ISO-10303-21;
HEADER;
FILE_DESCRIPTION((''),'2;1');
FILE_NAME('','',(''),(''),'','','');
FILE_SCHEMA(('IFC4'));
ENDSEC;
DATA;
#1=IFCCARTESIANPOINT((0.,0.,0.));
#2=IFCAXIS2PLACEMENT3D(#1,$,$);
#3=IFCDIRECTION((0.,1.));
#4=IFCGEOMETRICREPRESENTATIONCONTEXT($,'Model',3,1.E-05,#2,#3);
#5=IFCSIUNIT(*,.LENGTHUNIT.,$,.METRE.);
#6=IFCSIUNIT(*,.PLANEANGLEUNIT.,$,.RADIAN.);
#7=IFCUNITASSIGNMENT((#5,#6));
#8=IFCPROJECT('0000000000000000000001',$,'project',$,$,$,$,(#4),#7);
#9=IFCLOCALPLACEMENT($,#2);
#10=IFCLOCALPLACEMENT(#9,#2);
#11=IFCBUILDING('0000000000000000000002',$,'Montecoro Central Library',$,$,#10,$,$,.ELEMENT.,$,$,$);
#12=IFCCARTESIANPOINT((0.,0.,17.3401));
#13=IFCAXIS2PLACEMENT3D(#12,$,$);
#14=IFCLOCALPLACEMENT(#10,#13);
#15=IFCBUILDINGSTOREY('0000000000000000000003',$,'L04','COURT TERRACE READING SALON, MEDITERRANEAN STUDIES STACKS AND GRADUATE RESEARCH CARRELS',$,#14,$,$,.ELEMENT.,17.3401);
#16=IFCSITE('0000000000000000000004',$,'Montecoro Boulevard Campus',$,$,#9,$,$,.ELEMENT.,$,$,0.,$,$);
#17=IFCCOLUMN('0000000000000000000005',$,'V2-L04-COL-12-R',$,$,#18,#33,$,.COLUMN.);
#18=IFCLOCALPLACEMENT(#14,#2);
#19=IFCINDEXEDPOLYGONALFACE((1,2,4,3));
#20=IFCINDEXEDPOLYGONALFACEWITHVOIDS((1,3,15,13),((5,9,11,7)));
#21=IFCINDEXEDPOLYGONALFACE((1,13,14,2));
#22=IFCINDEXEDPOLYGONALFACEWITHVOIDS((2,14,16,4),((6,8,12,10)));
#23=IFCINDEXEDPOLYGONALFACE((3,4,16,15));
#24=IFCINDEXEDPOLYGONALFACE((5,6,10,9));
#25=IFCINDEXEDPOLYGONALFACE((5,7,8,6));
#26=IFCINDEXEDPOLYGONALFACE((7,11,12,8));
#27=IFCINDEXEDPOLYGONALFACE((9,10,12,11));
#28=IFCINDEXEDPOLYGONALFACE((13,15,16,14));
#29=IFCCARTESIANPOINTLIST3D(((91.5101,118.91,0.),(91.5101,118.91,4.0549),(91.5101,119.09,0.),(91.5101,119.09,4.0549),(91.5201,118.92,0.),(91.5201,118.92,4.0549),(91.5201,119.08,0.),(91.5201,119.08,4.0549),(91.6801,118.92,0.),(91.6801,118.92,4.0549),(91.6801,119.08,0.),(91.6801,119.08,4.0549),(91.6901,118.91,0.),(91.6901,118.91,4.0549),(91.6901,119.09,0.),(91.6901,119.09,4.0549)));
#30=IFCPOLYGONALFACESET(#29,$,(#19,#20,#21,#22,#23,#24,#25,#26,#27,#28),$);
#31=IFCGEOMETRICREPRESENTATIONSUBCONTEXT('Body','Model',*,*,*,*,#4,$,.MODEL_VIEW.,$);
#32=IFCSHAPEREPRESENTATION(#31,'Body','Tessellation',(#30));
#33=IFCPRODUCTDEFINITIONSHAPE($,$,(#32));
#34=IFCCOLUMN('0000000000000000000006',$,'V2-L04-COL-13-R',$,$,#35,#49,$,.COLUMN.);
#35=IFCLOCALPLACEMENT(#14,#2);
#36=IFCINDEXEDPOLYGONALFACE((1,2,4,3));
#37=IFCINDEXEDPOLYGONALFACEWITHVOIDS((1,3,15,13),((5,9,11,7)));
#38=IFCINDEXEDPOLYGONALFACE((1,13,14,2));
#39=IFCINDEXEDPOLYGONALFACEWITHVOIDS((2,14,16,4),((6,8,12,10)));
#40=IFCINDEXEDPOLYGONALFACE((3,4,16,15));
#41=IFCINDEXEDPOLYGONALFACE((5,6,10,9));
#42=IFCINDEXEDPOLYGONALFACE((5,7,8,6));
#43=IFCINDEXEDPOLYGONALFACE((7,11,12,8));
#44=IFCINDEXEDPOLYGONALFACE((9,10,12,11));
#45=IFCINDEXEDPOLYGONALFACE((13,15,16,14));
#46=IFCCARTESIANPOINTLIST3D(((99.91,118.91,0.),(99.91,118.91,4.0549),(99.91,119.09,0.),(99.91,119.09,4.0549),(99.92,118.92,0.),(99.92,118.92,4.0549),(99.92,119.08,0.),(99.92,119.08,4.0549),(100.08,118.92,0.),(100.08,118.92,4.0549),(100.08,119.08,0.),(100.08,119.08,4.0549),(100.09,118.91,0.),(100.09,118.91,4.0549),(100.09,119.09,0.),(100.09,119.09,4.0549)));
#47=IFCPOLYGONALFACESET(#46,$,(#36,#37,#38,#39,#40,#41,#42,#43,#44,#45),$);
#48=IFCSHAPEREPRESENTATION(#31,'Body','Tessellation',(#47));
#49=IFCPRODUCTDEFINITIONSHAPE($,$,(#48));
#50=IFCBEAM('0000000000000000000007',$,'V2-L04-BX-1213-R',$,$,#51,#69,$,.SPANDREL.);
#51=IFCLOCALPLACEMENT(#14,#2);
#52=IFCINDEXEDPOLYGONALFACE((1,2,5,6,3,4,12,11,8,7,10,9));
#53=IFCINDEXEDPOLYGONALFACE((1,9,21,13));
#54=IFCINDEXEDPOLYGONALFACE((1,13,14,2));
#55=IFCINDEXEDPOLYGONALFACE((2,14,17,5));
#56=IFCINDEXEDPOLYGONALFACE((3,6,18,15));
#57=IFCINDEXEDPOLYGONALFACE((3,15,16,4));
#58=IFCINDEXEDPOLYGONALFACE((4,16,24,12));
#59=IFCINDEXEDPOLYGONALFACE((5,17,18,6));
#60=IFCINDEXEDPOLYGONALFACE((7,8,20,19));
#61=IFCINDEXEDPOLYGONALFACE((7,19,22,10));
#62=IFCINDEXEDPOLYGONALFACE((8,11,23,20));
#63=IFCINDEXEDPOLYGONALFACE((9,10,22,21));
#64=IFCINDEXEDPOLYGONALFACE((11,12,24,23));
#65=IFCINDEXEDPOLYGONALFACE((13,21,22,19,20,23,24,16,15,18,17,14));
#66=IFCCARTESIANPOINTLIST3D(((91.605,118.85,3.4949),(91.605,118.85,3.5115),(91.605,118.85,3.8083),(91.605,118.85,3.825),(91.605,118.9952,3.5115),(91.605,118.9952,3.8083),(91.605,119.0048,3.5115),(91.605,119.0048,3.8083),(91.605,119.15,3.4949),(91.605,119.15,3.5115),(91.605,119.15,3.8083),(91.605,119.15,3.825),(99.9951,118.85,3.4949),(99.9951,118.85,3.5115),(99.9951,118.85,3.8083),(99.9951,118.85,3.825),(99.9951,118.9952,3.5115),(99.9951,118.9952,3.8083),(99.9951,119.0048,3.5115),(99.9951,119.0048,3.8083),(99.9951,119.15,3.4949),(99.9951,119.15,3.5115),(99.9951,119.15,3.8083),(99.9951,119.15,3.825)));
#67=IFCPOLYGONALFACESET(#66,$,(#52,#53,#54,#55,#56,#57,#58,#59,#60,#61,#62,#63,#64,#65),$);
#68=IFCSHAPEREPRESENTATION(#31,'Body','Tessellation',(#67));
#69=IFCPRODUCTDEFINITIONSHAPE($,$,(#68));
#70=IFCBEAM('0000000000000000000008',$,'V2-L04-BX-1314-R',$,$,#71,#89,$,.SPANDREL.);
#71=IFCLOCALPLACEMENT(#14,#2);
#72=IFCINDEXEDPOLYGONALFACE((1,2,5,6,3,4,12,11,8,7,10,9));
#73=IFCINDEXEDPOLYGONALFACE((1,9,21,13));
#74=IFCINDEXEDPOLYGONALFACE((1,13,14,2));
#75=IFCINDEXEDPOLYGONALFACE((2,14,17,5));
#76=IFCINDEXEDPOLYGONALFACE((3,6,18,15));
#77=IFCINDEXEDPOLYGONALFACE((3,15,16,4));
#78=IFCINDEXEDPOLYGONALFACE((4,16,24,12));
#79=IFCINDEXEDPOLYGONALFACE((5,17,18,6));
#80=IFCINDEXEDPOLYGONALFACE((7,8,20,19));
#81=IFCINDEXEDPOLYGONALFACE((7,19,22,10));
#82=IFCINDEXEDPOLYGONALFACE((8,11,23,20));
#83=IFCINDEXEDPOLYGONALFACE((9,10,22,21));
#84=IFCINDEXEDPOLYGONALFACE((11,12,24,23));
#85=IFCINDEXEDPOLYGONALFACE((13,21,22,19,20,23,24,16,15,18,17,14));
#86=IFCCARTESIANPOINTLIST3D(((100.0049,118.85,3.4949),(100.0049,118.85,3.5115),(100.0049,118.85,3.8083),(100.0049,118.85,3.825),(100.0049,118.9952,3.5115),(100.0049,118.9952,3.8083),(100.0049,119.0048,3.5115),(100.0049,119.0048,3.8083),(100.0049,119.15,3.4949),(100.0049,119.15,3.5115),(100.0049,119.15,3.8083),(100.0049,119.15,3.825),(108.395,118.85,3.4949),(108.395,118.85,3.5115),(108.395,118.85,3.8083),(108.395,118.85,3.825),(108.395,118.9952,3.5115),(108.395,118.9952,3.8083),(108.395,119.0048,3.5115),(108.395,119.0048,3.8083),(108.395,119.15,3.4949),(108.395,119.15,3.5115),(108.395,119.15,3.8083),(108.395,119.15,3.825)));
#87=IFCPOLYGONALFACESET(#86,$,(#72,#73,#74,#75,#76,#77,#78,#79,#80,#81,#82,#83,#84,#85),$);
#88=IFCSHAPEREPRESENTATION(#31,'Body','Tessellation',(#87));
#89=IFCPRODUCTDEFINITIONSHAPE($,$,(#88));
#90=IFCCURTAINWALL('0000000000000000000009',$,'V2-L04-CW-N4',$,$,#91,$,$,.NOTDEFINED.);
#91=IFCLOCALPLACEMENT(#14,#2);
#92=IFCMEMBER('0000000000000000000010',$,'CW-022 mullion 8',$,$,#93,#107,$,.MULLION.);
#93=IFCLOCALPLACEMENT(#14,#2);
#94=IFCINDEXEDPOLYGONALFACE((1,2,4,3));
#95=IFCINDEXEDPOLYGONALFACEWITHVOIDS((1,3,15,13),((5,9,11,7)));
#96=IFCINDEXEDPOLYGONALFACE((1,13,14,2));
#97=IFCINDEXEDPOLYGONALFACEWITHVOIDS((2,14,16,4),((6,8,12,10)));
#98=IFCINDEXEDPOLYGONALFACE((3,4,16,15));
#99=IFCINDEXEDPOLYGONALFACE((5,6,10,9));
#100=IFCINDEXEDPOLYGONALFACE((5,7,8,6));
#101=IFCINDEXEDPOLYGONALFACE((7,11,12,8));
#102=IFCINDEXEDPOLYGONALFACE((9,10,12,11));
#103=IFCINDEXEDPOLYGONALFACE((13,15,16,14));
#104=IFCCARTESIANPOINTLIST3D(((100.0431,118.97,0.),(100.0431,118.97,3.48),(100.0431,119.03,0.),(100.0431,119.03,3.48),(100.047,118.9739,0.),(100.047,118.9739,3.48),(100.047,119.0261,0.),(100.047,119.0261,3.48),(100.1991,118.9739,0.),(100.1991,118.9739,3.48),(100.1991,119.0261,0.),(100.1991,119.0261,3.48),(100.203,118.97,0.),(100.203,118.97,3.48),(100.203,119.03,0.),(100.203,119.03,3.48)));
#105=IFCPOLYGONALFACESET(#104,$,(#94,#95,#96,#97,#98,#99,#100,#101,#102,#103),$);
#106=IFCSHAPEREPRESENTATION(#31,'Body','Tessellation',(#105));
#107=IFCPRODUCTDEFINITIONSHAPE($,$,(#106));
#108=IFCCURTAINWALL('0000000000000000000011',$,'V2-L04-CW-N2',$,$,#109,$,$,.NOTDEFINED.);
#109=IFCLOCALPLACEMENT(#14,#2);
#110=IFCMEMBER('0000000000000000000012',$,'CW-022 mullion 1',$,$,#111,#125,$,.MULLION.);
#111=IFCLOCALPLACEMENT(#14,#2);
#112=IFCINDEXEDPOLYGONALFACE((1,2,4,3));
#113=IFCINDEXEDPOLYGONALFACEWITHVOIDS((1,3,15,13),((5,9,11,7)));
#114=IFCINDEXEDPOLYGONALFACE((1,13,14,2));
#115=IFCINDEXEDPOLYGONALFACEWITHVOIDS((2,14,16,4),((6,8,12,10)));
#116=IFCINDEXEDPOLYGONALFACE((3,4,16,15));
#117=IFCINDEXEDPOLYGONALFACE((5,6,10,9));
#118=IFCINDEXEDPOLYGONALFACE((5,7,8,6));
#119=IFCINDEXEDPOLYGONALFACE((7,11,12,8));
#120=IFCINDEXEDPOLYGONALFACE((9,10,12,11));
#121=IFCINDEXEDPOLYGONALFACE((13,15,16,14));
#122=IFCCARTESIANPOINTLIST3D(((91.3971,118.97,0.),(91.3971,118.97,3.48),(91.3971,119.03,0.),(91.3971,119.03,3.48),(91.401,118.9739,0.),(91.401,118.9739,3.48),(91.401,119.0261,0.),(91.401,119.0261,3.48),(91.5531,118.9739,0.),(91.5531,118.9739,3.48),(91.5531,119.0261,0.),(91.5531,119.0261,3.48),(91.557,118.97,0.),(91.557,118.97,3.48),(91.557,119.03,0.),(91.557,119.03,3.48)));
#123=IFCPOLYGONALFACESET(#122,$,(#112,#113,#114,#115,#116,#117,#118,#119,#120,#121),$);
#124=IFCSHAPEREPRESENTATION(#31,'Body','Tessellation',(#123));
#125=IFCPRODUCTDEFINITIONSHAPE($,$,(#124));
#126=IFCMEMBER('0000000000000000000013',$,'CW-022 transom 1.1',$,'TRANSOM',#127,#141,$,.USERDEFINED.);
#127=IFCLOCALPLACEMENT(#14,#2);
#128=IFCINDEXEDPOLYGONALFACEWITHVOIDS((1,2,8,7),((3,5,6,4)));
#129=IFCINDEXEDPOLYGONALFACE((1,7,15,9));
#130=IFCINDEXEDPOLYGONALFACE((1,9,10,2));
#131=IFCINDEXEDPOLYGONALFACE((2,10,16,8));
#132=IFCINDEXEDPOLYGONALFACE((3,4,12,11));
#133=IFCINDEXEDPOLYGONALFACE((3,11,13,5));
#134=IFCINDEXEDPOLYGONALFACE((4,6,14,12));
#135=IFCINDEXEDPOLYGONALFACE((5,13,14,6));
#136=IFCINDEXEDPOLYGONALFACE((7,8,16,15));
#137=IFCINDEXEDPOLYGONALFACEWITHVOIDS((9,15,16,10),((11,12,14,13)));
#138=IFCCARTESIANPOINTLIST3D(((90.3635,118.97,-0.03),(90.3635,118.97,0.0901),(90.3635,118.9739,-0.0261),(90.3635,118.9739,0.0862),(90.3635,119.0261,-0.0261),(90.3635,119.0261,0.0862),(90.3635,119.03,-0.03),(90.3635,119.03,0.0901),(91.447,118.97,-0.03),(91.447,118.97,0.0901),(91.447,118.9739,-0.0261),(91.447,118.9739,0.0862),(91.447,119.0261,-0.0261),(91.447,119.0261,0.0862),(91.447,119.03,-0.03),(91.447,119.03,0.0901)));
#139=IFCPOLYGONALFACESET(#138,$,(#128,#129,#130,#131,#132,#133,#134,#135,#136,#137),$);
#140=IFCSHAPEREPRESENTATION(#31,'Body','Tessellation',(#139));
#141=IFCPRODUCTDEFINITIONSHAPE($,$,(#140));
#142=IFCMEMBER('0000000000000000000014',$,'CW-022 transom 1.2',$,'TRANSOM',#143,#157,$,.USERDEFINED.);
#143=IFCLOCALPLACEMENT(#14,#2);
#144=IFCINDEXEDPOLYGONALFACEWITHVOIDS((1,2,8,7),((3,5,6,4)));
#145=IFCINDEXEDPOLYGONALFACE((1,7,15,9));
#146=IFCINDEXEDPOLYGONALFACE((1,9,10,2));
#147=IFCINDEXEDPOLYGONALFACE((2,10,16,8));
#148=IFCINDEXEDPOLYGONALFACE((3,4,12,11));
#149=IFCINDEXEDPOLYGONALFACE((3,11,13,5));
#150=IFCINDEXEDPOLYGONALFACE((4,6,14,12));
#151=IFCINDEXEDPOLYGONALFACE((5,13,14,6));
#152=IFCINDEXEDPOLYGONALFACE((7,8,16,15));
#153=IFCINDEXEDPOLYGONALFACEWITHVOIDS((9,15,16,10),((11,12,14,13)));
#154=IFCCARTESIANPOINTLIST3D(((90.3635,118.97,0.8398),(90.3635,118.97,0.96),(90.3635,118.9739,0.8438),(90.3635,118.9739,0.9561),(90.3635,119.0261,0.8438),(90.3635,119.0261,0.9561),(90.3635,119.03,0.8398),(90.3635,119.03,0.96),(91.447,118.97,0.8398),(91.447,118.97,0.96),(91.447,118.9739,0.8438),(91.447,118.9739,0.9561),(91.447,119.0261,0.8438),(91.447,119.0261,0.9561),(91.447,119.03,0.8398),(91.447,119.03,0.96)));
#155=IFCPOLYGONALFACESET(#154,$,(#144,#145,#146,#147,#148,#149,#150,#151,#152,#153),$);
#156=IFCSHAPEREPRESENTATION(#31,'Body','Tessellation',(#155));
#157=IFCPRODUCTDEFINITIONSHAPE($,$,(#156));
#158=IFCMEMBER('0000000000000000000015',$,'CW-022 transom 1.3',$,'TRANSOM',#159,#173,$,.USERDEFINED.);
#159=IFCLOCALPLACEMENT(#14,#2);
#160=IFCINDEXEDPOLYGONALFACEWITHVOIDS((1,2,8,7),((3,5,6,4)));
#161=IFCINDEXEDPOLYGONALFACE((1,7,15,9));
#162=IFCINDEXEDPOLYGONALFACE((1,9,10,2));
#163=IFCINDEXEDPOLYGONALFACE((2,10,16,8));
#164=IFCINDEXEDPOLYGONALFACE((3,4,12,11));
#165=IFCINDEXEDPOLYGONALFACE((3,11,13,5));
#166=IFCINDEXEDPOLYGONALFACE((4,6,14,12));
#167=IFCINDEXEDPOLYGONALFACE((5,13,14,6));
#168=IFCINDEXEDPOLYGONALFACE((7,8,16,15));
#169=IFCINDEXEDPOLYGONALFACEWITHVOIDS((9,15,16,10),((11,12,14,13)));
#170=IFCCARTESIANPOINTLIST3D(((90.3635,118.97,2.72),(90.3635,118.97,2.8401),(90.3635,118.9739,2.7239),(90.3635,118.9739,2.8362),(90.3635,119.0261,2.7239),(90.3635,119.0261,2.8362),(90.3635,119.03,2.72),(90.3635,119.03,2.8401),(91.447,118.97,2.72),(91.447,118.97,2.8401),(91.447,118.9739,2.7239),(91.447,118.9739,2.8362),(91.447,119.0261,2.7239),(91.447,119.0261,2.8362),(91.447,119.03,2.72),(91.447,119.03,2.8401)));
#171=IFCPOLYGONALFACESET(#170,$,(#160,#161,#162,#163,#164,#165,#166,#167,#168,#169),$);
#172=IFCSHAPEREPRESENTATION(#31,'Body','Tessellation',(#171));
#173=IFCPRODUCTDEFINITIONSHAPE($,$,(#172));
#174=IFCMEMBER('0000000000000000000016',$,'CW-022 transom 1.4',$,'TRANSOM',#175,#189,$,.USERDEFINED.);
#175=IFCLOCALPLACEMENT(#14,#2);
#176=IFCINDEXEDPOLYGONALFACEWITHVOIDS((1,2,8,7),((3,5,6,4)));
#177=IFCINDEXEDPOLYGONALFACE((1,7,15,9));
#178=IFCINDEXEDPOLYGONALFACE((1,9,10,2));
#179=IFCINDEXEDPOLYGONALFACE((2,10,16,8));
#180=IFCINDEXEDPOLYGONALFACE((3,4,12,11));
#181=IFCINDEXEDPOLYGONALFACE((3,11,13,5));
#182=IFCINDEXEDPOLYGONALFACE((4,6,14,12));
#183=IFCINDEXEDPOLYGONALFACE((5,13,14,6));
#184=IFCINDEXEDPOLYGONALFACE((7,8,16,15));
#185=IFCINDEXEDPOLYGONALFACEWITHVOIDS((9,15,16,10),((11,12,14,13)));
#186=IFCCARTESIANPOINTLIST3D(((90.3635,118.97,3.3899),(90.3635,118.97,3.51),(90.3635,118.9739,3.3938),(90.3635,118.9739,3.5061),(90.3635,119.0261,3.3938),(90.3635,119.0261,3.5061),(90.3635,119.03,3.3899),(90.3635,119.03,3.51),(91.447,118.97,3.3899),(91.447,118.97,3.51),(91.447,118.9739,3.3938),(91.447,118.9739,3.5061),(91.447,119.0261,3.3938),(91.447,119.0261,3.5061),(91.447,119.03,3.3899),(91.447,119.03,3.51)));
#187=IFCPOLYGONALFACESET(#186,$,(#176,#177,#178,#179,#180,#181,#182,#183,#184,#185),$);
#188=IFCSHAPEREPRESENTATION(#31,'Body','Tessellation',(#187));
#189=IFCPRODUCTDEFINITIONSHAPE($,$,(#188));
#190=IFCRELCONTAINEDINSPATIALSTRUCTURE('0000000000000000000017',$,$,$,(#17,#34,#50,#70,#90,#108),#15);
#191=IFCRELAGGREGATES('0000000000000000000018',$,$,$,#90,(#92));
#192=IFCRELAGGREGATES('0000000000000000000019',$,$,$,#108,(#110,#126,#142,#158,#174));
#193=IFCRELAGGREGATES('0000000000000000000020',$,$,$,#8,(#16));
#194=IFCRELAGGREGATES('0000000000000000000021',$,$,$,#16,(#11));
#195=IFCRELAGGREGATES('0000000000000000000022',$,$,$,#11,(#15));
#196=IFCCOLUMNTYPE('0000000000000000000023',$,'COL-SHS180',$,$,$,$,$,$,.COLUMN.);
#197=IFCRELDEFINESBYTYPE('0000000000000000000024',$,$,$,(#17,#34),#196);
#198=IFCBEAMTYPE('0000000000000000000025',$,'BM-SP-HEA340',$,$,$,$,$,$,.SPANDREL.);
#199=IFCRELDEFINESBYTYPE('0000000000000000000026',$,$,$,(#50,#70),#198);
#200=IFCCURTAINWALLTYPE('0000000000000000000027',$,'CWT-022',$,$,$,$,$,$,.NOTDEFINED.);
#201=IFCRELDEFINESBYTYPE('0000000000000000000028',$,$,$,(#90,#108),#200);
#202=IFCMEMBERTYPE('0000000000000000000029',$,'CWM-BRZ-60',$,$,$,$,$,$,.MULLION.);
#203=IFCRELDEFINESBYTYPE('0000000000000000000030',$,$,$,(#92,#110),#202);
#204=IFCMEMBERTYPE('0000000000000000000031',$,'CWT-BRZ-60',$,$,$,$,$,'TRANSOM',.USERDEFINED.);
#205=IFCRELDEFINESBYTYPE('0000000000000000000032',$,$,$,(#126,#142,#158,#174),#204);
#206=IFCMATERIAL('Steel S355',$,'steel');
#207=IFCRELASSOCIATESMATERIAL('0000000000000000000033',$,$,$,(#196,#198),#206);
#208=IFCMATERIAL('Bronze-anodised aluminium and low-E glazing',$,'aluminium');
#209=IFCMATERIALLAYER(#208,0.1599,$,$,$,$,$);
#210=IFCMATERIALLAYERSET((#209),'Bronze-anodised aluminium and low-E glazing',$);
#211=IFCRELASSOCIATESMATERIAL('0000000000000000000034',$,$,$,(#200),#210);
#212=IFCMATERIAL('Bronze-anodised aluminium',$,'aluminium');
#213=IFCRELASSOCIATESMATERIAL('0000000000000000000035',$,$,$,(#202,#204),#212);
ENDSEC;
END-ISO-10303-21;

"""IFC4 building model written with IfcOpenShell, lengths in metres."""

from ifc_helpers import new_model, si_unit, direction, frame, origin, origin_2d, place, context, subcontext, project, spatial, hollow_rectangle, i_section, extrude, material, layer, layer_set, material_profile, profile_set, type_object, element, aggregate, save


model = new_model("IFC4")

# Units and contexts
model_context = context("Model", 3, precision=1e-05, world=origin(), true_north=direction((0.0, 1.0)))
body_context = subcontext(model_context, "Body", "Model", "MODEL_VIEW")
ifc_project = project(units=[si_unit("LENGTHUNIT", "METRE"), si_unit("PLANEANGLEUNIT", "RADIAN")], contexts=[model_context])

# Site, building, storey
site_placement = place(None, origin())
site = spatial("IfcSite", under=ifc_project, at=site_placement, Name="Montecoro Boulevard Campus", CompositionType="ELEMENT", RefElevation=0.0)
building_placement = place(site_placement, origin())
building = spatial("IfcBuilding", under=site, at=building_placement, Name="Montecoro Central Library", CompositionType="ELEMENT")
storey_placement = place(building_placement, frame((0.0, 0.0, 17.3401)))
storey = spatial("IfcBuildingStorey", under=building, at=storey_placement, Name="L04", Description="COURT TERRACE READING SALON, MEDITERRANEAN STUDIES STACKS AND GRADUATE RESEARCH CARRELS", CompositionType="ELEMENT", Elevation=17.3401)

# Columns
ifc_material_1 = material(Name="Steel S355", Category="steel")
ifc_material_profile_1 = material_profile(ifc_material_1, hollow_rectangle(XDim=0.1799, YDim=0.1799, WallThickness=0.01, at=origin_2d()), Name="SHS 180x180x10.0")
ifc_profile_set_1 = profile_set([ifc_material_profile_1], Name="Steel S355")
column_type = type_object("IfcColumnType", Name="COL-SHS180", PredefinedType="COLUMN", material=ifc_profile_set_1)
for number, where, z_axis, x_axis, name in (
    (1, (91.6001, 119.0, 0.0), (0.0, 0.0, 1.0), (1.0, 0.0, 0.0), "V2-L04-COL-12-R"),
    (2, (100.0, 119.0, 0.0), (0.0, 0.0, 1.0), (1.0, 0.0, 0.0), "V2-L04-COL-13-R"),
):
    element("IfcColumn", number, at=place(storey_placement, frame(where, z_axis=z_axis, x_axis=x_axis)), inside=storey, type_object=column_type, Name=name, PredefinedType="COLUMN", context=body_context, shape_type="SweptSolid", body=[
        extrude(hollow_rectangle(XDim=0.1799, YDim=0.1799, WallThickness=0.01, at=origin_2d()), origin(), (0.0, 0.0, 1.0), 4.0549),
    ])

# Beams
ifc_material_profile_2 = material_profile(ifc_material_1, i_section(OverallWidth=0.3, OverallDepth=0.3301, WebThickness=0.0095, FlangeThickness=0.0166, at=origin_2d()), Name="HEA 340")
ifc_profile_set_2 = profile_set([ifc_material_profile_2], Name="Steel S355")
beam_type = type_object("IfcBeamType", Name="BM-SP-HEA340", PredefinedType="SPANDREL", material=ifc_profile_set_2)
for number, where, z_axis, x_axis, name in (
    (3, (91.605, 119.0, 3.6599), (1.0, 0.0, 0.0), (0.0, 1.0, 0.0), "V2-L04-BX-1213-R"),
    (4, (100.0049, 119.0, 3.6599), (1.0, 0.0, 0.0), (0.0, 1.0, 0.0), "V2-L04-BX-1314-R"),
):
    element("IfcBeam", number, at=place(storey_placement, frame(where, z_axis=z_axis, x_axis=x_axis)), inside=storey, type_object=beam_type, Name=name, PredefinedType="SPANDREL", context=body_context, shape_type="SweptSolid", body=[
        extrude(i_section(OverallWidth=0.3, OverallDepth=0.3301, WebThickness=0.0095, FlangeThickness=0.0166, at=origin_2d()), origin(), (0.0, 0.0, 1.0), 8.3901),
    ])

# Curtain wall, member
ifc_material_2 = material(Name="Bronze-anodised aluminium and low-E glazing", Category="aluminium")
ifc_layer_1 = layer(ifc_material_2, 0.1599)
ifc_layer_set_1 = layer_set([ifc_layer_1], Name="Bronze-anodised aluminium and low-E glazing")
curtain_wall_type = type_object("IfcCurtainWallType", Name="CWT-022", PredefinedType="NOTDEFINED", material=ifc_layer_set_1)
curtain_wall_1_placement = place(storey_placement, origin())
curtain_wall_1 = element("IfcCurtainWall", 5, at=curtain_wall_1_placement, inside=storey, type_object=curtain_wall_type, Name="V2-L04-CW-N4", PredefinedType="NOTDEFINED")
ifc_material_3 = material(Name="Bronze-anodised aluminium", Category="aluminium")
ifc_material_profile_3 = material_profile(ifc_material_3, hollow_rectangle(XDim=0.0601, YDim=0.1599, WallThickness=0.0039, at=origin_2d()), Name="CWM 160x60x4.0")
ifc_profile_set_3 = profile_set([ifc_material_profile_3], Name="Bronze-anodised aluminium")
member_type_1 = type_object("IfcMemberType", Name="CWM-BRZ-60", PredefinedType="MULLION", material=ifc_profile_set_3)
member_1_placement = place(storey_placement, frame((100.123, 119.0, 0.0), z_axis=(0.0, 0.0, 1.0), x_axis=(0.0, -1.0, 0.0)))
member_1 = element("IfcMember", 6, at=member_1_placement, type_object=member_type_1, Name="CW-022 mullion 8", PredefinedType="MULLION", context=body_context, shape_type="SweptSolid", body=[
    extrude(hollow_rectangle(XDim=0.0601, YDim=0.1599, WallThickness=0.0039, at=origin_2d()), origin(), (0.0, 0.0, 1.0), 3.48),
])
aggregate(curtain_wall_1, [member_1])

# Curtain wall, members
curtain_wall_2_placement = place(storey_placement, origin())
curtain_wall_2 = element("IfcCurtainWall", 7, at=curtain_wall_2_placement, inside=storey, type_object=curtain_wall_type, Name="V2-L04-CW-N2", PredefinedType="NOTDEFINED")
member_2_placement = place(storey_placement, frame((91.4771, 119.0, 0.0), z_axis=(0.0, 0.0, 1.0), x_axis=(0.0, -1.0, 0.0)))
member_2 = element("IfcMember", 8, at=member_2_placement, type_object=member_type_1, Name="CW-022 mullion 1", PredefinedType="MULLION", context=body_context, shape_type="SweptSolid", body=[
    extrude(hollow_rectangle(XDim=0.0601, YDim=0.1599, WallThickness=0.0039, at=origin_2d()), origin(), (0.0, 0.0, 1.0), 3.48),
])
ifc_material_profile_4 = material_profile(ifc_material_3, hollow_rectangle(XDim=0.0601, YDim=0.1201, WallThickness=0.0039, at=origin_2d()), Name="CWT 120x60x4.0")
ifc_profile_set_4 = profile_set([ifc_material_profile_4], Name="Bronze-anodised aluminium")
member_type_2 = type_object("IfcMemberType", Name="CWT-BRZ-60", ElementType="TRANSOM", PredefinedType="USERDEFINED", material=ifc_profile_set_4)
member_3_placement = place(storey_placement, frame((91.447, 119.0, 0.03), z_axis=(-1.0, 0.0, 0.0), x_axis=(0.0, -1.0, 0.0)))
member_3 = element("IfcMember", 9, at=member_3_placement, type_object=member_type_2, Name="CW-022 transom 1.1", ObjectType="TRANSOM", PredefinedType="USERDEFINED", context=body_context, shape_type="SweptSolid", body=[
    extrude(hollow_rectangle(XDim=0.0601, YDim=0.1201, WallThickness=0.0039, at=origin_2d()), origin(), (0.0, 0.0, 1.0), 1.0835),
])
member_4_placement = place(storey_placement, frame((91.447, 119.0, 0.8999), z_axis=(-1.0, 0.0, 0.0), x_axis=(0.0, -1.0, 0.0)))
member_4 = element("IfcMember", 10, at=member_4_placement, type_object=member_type_2, Name="CW-022 transom 1.2", ObjectType="TRANSOM", PredefinedType="USERDEFINED", context=body_context, shape_type="SweptSolid", body=[
    extrude(hollow_rectangle(XDim=0.0601, YDim=0.1201, WallThickness=0.0039, at=origin_2d()), origin(), (0.0, 0.0, 1.0), 1.0835),
])
member_5_placement = place(storey_placement, frame((91.447, 119.0, 2.78), z_axis=(-1.0, 0.0, 0.0), x_axis=(0.0, -1.0, 0.0)))
member_5 = element("IfcMember", 11, at=member_5_placement, type_object=member_type_2, Name="CW-022 transom 1.3", ObjectType="TRANSOM", PredefinedType="USERDEFINED", context=body_context, shape_type="SweptSolid", body=[
    extrude(hollow_rectangle(XDim=0.0601, YDim=0.1201, WallThickness=0.0039, at=origin_2d()), origin(), (0.0, 0.0, 1.0), 1.0835),
])
member_6_placement = place(storey_placement, frame((91.447, 119.0, 3.45), z_axis=(-1.0, 0.0, 0.0), x_axis=(0.0, -1.0, 0.0)))
member_6 = element("IfcMember", 12, at=member_6_placement, type_object=member_type_2, Name="CW-022 transom 1.4", ObjectType="TRANSOM", PredefinedType="USERDEFINED", context=body_context, shape_type="SweptSolid", body=[
    extrude(hollow_rectangle(XDim=0.0601, YDim=0.1201, WallThickness=0.0039, at=origin_2d()), origin(), (0.0, 0.0, 1.0), 1.0835),
])
aggregate(curtain_wall_2, [member_2, member_3, member_4, member_5, member_6])

save(model, "model.ifc")
